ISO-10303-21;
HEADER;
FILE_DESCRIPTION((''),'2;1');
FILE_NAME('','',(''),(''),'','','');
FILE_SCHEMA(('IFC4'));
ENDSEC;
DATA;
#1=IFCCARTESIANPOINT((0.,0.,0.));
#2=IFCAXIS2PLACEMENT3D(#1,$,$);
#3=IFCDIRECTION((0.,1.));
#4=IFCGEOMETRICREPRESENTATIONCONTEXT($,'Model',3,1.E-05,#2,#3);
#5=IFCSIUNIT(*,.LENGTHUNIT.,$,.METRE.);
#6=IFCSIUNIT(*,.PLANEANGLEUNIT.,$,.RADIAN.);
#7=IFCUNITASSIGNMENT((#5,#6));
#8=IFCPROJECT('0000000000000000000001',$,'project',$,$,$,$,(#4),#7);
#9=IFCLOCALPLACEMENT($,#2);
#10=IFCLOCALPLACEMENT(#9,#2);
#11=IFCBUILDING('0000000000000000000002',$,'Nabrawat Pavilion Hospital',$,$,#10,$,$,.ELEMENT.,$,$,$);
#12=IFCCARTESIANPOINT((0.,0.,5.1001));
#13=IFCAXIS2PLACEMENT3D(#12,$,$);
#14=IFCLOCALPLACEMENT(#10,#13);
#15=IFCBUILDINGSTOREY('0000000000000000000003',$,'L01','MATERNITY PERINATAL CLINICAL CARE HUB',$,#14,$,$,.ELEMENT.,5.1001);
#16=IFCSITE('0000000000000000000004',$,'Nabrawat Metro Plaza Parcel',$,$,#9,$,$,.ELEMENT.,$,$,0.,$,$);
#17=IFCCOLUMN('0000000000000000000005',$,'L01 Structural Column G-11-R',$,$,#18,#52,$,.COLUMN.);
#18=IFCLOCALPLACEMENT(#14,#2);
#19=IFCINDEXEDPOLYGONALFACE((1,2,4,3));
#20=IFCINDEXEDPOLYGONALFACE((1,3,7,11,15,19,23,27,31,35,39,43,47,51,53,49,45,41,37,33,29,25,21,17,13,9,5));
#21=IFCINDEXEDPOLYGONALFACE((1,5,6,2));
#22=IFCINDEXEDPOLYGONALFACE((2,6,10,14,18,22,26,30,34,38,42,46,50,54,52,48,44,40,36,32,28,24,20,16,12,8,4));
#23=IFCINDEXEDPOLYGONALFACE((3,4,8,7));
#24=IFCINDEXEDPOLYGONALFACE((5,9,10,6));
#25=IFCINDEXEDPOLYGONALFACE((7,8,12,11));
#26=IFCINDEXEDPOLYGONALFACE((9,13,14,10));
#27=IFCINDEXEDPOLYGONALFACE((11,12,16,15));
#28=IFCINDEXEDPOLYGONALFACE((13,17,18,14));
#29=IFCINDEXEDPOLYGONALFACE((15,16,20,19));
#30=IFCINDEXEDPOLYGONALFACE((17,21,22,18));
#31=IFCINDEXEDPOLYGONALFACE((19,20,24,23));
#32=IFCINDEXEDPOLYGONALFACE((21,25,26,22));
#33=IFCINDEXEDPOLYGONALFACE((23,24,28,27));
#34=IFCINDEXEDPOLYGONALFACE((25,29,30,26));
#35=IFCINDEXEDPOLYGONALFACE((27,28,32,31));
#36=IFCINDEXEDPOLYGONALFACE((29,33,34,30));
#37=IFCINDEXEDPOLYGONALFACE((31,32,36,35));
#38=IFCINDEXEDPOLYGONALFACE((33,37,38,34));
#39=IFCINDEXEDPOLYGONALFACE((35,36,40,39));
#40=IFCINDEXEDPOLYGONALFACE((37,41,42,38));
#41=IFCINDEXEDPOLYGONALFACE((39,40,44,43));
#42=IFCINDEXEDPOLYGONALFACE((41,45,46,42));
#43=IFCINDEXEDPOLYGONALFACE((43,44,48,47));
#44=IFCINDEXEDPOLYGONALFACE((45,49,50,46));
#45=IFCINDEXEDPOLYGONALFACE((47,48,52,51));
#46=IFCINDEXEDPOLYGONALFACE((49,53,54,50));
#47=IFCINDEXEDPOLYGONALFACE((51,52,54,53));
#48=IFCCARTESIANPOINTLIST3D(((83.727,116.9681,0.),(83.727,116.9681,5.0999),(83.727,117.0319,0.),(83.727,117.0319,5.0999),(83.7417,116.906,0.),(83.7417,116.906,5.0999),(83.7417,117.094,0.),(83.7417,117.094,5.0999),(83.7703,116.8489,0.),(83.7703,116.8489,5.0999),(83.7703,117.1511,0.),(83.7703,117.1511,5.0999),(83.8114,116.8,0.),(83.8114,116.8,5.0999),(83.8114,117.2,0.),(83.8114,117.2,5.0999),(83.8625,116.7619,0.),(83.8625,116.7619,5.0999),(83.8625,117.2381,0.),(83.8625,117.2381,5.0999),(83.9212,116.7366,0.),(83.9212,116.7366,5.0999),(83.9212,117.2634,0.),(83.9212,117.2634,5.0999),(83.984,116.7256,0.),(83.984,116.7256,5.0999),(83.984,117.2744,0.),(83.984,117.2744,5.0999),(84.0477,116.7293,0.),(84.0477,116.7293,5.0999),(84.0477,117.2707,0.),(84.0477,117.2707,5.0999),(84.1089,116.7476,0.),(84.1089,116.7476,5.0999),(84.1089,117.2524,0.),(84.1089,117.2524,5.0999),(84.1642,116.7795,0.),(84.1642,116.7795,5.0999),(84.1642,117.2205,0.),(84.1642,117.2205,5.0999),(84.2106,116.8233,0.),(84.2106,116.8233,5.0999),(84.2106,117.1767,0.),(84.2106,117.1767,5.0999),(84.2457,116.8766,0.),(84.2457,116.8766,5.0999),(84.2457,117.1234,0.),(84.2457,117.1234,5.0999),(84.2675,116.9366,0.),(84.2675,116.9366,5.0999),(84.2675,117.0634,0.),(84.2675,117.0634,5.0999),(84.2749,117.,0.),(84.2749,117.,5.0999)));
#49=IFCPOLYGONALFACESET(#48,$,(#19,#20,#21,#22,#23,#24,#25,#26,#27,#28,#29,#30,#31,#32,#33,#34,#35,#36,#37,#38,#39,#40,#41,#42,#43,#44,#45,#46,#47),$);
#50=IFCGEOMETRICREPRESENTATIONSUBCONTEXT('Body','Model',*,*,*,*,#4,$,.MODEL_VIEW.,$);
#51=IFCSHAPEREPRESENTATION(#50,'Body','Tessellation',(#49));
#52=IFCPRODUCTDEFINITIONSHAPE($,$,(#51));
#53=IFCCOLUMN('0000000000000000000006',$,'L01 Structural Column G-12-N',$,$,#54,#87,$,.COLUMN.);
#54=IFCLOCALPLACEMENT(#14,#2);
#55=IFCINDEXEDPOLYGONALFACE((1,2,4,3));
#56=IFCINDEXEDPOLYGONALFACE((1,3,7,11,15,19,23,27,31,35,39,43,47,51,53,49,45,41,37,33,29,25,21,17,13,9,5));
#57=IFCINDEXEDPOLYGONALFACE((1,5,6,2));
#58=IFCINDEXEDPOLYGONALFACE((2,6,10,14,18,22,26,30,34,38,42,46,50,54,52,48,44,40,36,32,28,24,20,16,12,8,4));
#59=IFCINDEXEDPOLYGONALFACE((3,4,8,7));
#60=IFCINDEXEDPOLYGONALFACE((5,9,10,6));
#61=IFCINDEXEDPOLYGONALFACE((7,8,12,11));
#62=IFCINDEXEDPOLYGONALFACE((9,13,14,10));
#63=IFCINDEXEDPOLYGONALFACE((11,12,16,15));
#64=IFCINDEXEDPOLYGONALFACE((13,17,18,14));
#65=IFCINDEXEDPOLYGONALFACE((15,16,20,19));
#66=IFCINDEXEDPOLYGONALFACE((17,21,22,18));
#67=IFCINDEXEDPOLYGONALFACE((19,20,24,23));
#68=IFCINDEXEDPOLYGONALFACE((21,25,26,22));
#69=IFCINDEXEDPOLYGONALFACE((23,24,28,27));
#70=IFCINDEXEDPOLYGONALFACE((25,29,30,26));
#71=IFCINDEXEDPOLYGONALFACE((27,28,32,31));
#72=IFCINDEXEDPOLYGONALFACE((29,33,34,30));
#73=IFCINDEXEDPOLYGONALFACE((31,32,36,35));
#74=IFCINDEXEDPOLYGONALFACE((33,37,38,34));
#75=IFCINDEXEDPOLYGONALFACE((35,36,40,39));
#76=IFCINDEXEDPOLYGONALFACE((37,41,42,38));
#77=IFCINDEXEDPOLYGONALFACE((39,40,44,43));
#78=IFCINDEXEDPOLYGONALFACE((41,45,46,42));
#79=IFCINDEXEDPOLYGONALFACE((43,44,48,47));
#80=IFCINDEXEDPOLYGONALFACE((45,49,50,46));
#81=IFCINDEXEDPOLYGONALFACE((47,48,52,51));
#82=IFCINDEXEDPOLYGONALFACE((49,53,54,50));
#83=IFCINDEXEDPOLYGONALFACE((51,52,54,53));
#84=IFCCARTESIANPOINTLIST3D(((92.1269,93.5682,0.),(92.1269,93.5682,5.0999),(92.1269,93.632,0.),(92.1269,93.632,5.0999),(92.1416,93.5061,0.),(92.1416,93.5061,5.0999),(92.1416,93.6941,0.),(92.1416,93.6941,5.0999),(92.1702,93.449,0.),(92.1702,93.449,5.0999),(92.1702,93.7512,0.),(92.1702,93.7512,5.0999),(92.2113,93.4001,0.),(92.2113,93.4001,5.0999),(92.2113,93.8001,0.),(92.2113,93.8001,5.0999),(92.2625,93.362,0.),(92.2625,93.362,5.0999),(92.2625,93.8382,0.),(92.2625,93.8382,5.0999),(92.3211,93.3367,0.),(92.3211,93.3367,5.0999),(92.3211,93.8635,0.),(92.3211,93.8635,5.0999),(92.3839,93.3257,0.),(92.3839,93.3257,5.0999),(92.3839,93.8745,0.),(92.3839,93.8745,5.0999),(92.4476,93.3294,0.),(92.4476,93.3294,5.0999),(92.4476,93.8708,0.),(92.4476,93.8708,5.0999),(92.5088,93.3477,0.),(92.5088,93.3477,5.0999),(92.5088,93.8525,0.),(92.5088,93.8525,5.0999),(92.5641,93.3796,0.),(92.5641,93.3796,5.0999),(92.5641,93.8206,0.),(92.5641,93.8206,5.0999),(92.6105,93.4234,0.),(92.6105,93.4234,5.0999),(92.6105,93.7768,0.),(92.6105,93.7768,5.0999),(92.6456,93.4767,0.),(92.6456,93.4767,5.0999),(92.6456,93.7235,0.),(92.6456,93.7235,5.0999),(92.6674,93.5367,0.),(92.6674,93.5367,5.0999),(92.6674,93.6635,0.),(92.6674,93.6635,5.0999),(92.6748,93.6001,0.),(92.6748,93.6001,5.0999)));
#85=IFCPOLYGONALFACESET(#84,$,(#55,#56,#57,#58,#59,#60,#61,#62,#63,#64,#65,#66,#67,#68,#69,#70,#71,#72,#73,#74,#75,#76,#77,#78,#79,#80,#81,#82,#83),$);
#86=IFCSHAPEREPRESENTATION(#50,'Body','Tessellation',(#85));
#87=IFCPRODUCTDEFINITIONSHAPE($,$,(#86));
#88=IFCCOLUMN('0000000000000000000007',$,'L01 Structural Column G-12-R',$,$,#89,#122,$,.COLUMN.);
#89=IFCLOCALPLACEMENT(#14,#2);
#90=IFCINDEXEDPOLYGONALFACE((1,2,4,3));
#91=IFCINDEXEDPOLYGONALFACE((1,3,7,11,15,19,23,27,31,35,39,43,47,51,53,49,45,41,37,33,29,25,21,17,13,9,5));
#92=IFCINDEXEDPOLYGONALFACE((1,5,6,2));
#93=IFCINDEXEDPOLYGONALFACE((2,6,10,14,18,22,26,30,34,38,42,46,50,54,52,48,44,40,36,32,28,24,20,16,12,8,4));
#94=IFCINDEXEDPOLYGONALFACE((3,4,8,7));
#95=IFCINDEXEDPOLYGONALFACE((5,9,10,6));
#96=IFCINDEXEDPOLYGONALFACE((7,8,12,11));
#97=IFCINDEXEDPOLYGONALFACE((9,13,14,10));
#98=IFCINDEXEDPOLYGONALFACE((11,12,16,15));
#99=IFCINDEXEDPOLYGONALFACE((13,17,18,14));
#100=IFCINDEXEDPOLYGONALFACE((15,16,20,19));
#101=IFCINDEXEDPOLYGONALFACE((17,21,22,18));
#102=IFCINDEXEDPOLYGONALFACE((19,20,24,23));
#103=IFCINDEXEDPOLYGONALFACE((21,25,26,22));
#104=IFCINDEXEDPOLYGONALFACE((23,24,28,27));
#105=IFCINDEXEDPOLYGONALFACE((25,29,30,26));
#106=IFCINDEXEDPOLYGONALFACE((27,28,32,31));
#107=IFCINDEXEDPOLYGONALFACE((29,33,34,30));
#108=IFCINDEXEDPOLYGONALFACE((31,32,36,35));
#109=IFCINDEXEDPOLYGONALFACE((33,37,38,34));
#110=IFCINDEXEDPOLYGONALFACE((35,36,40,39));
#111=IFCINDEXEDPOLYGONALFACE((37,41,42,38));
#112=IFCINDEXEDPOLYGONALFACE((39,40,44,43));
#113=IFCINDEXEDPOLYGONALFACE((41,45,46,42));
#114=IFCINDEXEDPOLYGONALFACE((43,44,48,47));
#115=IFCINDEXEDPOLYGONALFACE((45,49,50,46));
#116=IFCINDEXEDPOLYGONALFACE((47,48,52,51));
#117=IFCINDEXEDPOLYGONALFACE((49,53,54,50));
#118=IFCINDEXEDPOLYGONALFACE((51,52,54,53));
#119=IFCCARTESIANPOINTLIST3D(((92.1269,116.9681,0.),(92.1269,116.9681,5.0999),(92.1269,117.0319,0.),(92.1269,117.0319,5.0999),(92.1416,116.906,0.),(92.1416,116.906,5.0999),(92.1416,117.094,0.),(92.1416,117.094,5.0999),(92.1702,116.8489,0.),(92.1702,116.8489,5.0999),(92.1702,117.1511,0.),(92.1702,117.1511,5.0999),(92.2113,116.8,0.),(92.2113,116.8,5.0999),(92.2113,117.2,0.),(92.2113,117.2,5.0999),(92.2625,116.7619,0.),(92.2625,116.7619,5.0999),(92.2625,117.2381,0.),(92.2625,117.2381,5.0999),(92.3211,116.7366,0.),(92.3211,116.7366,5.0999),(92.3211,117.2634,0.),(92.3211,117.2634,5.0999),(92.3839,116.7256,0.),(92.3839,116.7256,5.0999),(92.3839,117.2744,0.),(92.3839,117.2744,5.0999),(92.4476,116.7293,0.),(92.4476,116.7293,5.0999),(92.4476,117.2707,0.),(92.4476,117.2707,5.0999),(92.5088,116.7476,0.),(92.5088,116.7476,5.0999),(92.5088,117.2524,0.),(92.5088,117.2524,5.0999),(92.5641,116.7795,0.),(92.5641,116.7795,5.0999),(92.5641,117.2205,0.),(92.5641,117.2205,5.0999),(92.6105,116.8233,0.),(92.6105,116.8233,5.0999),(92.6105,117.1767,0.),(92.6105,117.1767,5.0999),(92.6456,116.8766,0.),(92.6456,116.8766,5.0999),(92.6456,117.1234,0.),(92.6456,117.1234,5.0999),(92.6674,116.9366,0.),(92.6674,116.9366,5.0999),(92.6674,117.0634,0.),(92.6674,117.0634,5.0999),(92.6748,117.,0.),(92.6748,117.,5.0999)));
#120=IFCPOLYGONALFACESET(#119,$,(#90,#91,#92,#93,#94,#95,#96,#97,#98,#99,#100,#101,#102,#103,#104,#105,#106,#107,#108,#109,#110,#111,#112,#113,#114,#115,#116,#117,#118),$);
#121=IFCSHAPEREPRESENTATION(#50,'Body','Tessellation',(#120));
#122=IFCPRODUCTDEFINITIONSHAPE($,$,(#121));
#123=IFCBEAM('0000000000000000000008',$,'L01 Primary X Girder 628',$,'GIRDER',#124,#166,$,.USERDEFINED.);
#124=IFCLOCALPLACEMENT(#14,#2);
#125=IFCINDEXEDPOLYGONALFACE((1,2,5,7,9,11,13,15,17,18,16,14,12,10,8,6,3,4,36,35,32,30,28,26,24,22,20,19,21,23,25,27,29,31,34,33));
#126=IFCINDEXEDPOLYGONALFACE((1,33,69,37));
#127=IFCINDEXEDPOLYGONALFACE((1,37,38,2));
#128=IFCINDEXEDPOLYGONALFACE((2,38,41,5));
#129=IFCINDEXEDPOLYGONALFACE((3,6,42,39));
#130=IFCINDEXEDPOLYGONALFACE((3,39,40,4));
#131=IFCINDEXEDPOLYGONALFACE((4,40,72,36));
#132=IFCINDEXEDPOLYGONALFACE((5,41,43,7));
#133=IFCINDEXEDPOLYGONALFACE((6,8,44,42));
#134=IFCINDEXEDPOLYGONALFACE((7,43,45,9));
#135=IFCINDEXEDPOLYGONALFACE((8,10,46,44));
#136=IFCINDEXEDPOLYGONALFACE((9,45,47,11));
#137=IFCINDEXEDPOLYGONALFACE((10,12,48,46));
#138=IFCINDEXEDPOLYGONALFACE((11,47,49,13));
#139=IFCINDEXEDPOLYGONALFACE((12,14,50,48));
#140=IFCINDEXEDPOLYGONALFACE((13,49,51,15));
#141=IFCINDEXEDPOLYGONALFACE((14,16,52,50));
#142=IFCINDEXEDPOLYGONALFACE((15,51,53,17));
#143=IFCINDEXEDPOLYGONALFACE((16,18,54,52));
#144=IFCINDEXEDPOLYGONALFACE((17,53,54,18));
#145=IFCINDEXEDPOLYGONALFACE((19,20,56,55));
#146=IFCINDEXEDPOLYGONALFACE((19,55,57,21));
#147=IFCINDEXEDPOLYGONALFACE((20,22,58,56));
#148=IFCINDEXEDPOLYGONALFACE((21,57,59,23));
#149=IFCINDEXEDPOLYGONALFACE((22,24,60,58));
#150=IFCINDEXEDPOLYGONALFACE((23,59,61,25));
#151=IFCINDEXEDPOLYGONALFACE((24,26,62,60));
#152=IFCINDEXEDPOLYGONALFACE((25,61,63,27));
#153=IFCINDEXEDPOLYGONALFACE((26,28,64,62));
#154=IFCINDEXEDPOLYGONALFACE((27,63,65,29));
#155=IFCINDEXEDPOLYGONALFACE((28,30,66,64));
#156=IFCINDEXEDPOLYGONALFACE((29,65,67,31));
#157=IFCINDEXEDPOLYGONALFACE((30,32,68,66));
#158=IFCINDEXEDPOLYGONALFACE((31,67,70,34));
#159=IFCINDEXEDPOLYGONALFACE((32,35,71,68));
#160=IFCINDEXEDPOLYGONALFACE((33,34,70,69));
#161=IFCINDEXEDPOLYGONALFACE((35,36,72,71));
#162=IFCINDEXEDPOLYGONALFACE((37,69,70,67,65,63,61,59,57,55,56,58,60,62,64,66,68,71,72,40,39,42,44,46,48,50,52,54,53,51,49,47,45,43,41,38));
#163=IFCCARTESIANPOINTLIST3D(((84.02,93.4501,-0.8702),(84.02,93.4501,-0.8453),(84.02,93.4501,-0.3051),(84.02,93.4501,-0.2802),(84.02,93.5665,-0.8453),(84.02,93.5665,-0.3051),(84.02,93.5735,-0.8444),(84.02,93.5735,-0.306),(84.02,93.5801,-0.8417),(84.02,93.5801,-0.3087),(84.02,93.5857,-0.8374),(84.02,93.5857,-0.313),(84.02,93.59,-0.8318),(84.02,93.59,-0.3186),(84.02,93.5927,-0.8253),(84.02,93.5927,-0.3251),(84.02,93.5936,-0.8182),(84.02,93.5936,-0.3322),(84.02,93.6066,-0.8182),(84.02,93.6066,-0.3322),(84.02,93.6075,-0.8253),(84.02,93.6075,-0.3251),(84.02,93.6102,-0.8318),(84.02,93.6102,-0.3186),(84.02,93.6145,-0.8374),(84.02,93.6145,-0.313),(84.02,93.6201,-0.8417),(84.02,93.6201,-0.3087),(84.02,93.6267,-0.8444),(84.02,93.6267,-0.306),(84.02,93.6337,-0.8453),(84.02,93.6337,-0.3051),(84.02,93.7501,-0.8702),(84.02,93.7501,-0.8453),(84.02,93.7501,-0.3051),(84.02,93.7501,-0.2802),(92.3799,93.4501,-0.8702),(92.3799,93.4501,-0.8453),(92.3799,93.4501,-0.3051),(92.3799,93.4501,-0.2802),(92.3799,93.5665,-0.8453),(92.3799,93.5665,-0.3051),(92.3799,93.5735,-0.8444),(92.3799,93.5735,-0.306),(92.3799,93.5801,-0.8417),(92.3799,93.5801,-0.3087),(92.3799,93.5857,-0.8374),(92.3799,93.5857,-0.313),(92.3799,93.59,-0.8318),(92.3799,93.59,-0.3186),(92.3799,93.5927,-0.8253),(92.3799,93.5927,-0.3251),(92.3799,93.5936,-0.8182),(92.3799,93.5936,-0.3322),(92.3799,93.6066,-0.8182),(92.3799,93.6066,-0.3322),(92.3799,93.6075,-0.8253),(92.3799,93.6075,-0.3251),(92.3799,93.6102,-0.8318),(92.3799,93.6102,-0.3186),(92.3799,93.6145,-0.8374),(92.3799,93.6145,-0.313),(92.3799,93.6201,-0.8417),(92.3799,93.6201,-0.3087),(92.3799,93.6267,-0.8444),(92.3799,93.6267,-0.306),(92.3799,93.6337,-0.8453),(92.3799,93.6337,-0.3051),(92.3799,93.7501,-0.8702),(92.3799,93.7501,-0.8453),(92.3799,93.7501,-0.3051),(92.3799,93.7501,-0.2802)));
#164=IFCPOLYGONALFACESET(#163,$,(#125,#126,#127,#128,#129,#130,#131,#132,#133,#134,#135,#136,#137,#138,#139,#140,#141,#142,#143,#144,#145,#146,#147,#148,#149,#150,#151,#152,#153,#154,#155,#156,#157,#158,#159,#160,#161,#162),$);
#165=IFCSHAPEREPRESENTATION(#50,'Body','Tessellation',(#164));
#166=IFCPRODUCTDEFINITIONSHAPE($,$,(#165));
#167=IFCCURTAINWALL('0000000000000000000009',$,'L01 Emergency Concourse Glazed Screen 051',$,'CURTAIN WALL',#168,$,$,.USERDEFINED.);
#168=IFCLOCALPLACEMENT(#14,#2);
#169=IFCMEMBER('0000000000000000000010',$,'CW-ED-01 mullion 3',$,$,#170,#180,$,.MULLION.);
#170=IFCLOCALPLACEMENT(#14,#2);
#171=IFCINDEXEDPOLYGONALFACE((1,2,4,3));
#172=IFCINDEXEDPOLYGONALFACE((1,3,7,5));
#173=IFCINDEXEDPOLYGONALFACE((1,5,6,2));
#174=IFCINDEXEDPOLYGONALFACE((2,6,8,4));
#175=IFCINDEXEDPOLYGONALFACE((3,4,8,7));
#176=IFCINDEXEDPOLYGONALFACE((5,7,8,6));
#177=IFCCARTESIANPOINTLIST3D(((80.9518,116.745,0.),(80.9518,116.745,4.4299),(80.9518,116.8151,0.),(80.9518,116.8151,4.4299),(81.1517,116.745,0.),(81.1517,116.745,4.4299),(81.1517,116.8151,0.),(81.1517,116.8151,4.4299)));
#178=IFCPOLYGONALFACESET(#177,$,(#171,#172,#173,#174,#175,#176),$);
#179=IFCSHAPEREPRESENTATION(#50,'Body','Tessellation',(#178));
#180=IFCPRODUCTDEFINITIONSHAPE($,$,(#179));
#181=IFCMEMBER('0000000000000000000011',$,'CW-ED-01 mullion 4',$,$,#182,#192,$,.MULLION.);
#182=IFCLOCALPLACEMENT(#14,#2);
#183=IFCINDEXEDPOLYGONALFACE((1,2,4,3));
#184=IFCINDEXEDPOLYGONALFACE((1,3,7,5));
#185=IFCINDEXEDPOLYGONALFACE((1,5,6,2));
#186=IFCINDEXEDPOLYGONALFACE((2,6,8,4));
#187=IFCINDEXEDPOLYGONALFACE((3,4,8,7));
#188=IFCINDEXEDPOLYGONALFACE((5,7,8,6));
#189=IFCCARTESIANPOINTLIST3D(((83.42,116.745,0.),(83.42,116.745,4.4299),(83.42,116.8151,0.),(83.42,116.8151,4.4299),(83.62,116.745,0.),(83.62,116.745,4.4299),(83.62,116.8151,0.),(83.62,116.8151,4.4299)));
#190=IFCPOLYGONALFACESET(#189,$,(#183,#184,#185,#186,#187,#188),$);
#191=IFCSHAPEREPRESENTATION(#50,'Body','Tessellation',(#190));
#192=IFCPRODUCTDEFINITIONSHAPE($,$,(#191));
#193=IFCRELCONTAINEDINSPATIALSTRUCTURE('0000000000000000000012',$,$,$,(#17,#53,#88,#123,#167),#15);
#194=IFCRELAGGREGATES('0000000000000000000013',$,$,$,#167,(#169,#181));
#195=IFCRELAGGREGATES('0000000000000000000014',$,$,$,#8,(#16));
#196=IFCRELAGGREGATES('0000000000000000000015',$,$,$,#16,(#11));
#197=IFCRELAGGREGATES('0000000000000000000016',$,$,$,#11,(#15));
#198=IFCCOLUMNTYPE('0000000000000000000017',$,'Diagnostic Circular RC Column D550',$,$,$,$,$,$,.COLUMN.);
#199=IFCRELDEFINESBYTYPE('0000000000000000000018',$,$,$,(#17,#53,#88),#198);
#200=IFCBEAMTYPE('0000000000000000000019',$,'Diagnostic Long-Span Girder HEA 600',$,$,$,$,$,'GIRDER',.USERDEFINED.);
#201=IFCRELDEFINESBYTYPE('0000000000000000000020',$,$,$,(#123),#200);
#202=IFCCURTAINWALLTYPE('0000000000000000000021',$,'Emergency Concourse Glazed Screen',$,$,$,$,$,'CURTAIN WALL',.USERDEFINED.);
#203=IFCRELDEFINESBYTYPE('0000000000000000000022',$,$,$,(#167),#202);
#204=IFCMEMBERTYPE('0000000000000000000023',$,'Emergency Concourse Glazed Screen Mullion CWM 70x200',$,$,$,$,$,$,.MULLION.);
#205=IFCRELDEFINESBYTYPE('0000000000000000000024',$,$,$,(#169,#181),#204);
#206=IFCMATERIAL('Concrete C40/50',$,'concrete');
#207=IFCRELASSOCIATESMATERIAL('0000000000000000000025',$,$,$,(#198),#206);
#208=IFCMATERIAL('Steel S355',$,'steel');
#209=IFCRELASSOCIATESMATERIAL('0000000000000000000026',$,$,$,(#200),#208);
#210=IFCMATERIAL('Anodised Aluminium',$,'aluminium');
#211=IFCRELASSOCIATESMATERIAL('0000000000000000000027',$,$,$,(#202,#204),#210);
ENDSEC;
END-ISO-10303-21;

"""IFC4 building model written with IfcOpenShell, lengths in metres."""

from ifc_helpers import new_model, si_unit, direction, frame, origin, origin_2d, place, context, subcontext, project, spatial, rectangle, circle, i_section, extrude, material, material_profile, profile_set, type_object, element, aggregate, save


model = new_model("IFC4")

# Units and contexts
model_context = context("Model", 3, precision=1e-05, world=origin(), true_north=direction((0.0, 1.0)))
body_context = subcontext(model_context, "Body", "Model", "MODEL_VIEW")
ifc_project = project(units=[si_unit("LENGTHUNIT", "METRE"), si_unit("PLANEANGLEUNIT", "RADIAN")], contexts=[model_context])

# Site, building, storey
site_placement = place(None, origin())
site = spatial("IfcSite", under=ifc_project, at=site_placement, Name="Nabrawat Metro Plaza Parcel", CompositionType="ELEMENT", RefElevation=0.0)
building_placement = place(site_placement, origin())
building = spatial("IfcBuilding", under=site, at=building_placement, Name="Nabrawat Pavilion Hospital", CompositionType="ELEMENT")
storey_placement = place(building_placement, frame((0.0, 0.0, 5.1001)))
storey = spatial("IfcBuildingStorey", under=building, at=storey_placement, Name="L01", Description="MATERNITY PERINATAL CLINICAL CARE HUB", CompositionType="ELEMENT", Elevation=5.1001)

# Columns
ifc_material_1 = material(Name="Concrete C40/50", Category="concrete")
ifc_material_profile_1 = material_profile(ifc_material_1, circle(Radius=0.2749, at=origin_2d()), Name="RC D550")
ifc_profile_set_1 = profile_set([ifc_material_profile_1], Name="Concrete C40/50")
column_type = type_object("IfcColumnType", Name="Diagnostic Circular RC Column D550", PredefinedType="COLUMN", material=ifc_profile_set_1)
for number, where, z_axis, x_axis, name in (
    (1, (84.0, 117.0, 0.0), (0.0, 0.0, 1.0), (1.0, 0.0, 0.0), "L01 Structural Column G-11-R"),
    (2, (92.3999, 93.6001, 0.0), (0.0, 0.0, 1.0), (1.0, 0.0, 0.0), "L01 Structural Column G-12-N"),
    (3, (92.3999, 117.0, 0.0), (0.0, 0.0, 1.0), (1.0, 0.0, 0.0), "L01 Structural Column G-12-R"),
):
    element("IfcColumn", number, at=place(storey_placement, frame(where, z_axis=z_axis, x_axis=x_axis)), inside=storey, type_object=column_type, Name=name, PredefinedType="COLUMN", context=body_context, shape_type="SweptSolid", body=[
        extrude(circle(Radius=0.2749, at=origin_2d()), origin(), (0.0, 0.0, 1.0), 5.0999),
    ])

# Beam
ifc_material_2 = material(Name="Steel S355", Category="steel")
ifc_material_profile_2 = material_profile(ifc_material_2, i_section(OverallWidth=0.3, OverallDepth=0.5901, WebThickness=0.0129, FlangeThickness=0.0249, FilletRadius=0.0271, at=origin_2d()), Name="HEA 600")
ifc_profile_set_2 = profile_set([ifc_material_profile_2], Name="Steel S355")
beam_type_1 = type_object("IfcBeamType", Name="Diagnostic Long-Span Girder HEA 600", ElementType="GIRDER", PredefinedType="USERDEFINED", material=ifc_profile_set_2)
beam_1_placement = place(storey_placement, frame((84.02, 93.6001, -0.5752), z_axis=(1.0, 0.0, 0.0), x_axis=(0.0, 1.0, 0.0)))
element("IfcBeam", 4, at=beam_1_placement, inside=storey, type_object=beam_type_1, Name="L01 Primary X Girder 628", ObjectType="GIRDER", PredefinedType="USERDEFINED", context=body_context, shape_type="SweptSolid", body=[
    extrude(i_section(OverallWidth=0.3, OverallDepth=0.5901, WebThickness=0.0129, FlangeThickness=0.0249, FilletRadius=0.0271, at=origin_2d()), origin(), (0.0, 0.0, 1.0), 8.3599),
])

# Curtain wall, members
ifc_material_3 = material(Name="Anodised Aluminium", Category="aluminium")
curtain_wall_type = type_object("IfcCurtainWallType", Name="Emergency Concourse Glazed Screen", ElementType="CURTAIN WALL", PredefinedType="USERDEFINED", material=ifc_material_3)
curtain_wall_placement = place(storey_placement, origin())
curtain_wall = element("IfcCurtainWall", 5, at=curtain_wall_placement, inside=storey, type_object=curtain_wall_type, Name="L01 Emergency Concourse Glazed Screen 051", ObjectType="CURTAIN WALL", PredefinedType="USERDEFINED")
ifc_material_profile_3 = material_profile(ifc_material_3, rectangle(XDim=0.0701, YDim=0.2, at=origin_2d()), Name="CWM 70x200")
ifc_profile_set_3 = profile_set([ifc_material_profile_3], Name="Anodised Aluminium")
member_type_1 = type_object("IfcMemberType", Name="Emergency Concourse Glazed Screen Mullion CWM 70x200", PredefinedType="MULLION", material=ifc_profile_set_3)
member_1_placement = place(storey_placement, frame((81.0518, 116.78, 0.0), z_axis=(0.0, 0.0, 1.0), x_axis=(0.0, 1.0, 0.0)))
member_1 = element("IfcMember", 6, at=member_1_placement, type_object=member_type_1, Name="CW-ED-01 mullion 3", PredefinedType="MULLION", context=body_context, shape_type="SweptSolid", body=[
    extrude(rectangle(XDim=0.0701, YDim=0.2, at=origin_2d()), origin(), (0.0, 0.0, 1.0), 4.4299),
])
member_2_placement = place(storey_placement, frame((83.52, 116.78, 0.0), z_axis=(0.0, 0.0, 1.0), x_axis=(0.0, 1.0, 0.0)))
member_2 = element("IfcMember", 7, at=member_2_placement, type_object=member_type_1, Name="CW-ED-01 mullion 4", PredefinedType="MULLION", context=body_context, shape_type="SweptSolid", body=[
    extrude(rectangle(XDim=0.0701, YDim=0.2, at=origin_2d()), origin(), (0.0, 0.0, 1.0), 4.4299),
])

aggregate(curtain_wall, [member_1, member_2])

save(model, "model.ifc")
